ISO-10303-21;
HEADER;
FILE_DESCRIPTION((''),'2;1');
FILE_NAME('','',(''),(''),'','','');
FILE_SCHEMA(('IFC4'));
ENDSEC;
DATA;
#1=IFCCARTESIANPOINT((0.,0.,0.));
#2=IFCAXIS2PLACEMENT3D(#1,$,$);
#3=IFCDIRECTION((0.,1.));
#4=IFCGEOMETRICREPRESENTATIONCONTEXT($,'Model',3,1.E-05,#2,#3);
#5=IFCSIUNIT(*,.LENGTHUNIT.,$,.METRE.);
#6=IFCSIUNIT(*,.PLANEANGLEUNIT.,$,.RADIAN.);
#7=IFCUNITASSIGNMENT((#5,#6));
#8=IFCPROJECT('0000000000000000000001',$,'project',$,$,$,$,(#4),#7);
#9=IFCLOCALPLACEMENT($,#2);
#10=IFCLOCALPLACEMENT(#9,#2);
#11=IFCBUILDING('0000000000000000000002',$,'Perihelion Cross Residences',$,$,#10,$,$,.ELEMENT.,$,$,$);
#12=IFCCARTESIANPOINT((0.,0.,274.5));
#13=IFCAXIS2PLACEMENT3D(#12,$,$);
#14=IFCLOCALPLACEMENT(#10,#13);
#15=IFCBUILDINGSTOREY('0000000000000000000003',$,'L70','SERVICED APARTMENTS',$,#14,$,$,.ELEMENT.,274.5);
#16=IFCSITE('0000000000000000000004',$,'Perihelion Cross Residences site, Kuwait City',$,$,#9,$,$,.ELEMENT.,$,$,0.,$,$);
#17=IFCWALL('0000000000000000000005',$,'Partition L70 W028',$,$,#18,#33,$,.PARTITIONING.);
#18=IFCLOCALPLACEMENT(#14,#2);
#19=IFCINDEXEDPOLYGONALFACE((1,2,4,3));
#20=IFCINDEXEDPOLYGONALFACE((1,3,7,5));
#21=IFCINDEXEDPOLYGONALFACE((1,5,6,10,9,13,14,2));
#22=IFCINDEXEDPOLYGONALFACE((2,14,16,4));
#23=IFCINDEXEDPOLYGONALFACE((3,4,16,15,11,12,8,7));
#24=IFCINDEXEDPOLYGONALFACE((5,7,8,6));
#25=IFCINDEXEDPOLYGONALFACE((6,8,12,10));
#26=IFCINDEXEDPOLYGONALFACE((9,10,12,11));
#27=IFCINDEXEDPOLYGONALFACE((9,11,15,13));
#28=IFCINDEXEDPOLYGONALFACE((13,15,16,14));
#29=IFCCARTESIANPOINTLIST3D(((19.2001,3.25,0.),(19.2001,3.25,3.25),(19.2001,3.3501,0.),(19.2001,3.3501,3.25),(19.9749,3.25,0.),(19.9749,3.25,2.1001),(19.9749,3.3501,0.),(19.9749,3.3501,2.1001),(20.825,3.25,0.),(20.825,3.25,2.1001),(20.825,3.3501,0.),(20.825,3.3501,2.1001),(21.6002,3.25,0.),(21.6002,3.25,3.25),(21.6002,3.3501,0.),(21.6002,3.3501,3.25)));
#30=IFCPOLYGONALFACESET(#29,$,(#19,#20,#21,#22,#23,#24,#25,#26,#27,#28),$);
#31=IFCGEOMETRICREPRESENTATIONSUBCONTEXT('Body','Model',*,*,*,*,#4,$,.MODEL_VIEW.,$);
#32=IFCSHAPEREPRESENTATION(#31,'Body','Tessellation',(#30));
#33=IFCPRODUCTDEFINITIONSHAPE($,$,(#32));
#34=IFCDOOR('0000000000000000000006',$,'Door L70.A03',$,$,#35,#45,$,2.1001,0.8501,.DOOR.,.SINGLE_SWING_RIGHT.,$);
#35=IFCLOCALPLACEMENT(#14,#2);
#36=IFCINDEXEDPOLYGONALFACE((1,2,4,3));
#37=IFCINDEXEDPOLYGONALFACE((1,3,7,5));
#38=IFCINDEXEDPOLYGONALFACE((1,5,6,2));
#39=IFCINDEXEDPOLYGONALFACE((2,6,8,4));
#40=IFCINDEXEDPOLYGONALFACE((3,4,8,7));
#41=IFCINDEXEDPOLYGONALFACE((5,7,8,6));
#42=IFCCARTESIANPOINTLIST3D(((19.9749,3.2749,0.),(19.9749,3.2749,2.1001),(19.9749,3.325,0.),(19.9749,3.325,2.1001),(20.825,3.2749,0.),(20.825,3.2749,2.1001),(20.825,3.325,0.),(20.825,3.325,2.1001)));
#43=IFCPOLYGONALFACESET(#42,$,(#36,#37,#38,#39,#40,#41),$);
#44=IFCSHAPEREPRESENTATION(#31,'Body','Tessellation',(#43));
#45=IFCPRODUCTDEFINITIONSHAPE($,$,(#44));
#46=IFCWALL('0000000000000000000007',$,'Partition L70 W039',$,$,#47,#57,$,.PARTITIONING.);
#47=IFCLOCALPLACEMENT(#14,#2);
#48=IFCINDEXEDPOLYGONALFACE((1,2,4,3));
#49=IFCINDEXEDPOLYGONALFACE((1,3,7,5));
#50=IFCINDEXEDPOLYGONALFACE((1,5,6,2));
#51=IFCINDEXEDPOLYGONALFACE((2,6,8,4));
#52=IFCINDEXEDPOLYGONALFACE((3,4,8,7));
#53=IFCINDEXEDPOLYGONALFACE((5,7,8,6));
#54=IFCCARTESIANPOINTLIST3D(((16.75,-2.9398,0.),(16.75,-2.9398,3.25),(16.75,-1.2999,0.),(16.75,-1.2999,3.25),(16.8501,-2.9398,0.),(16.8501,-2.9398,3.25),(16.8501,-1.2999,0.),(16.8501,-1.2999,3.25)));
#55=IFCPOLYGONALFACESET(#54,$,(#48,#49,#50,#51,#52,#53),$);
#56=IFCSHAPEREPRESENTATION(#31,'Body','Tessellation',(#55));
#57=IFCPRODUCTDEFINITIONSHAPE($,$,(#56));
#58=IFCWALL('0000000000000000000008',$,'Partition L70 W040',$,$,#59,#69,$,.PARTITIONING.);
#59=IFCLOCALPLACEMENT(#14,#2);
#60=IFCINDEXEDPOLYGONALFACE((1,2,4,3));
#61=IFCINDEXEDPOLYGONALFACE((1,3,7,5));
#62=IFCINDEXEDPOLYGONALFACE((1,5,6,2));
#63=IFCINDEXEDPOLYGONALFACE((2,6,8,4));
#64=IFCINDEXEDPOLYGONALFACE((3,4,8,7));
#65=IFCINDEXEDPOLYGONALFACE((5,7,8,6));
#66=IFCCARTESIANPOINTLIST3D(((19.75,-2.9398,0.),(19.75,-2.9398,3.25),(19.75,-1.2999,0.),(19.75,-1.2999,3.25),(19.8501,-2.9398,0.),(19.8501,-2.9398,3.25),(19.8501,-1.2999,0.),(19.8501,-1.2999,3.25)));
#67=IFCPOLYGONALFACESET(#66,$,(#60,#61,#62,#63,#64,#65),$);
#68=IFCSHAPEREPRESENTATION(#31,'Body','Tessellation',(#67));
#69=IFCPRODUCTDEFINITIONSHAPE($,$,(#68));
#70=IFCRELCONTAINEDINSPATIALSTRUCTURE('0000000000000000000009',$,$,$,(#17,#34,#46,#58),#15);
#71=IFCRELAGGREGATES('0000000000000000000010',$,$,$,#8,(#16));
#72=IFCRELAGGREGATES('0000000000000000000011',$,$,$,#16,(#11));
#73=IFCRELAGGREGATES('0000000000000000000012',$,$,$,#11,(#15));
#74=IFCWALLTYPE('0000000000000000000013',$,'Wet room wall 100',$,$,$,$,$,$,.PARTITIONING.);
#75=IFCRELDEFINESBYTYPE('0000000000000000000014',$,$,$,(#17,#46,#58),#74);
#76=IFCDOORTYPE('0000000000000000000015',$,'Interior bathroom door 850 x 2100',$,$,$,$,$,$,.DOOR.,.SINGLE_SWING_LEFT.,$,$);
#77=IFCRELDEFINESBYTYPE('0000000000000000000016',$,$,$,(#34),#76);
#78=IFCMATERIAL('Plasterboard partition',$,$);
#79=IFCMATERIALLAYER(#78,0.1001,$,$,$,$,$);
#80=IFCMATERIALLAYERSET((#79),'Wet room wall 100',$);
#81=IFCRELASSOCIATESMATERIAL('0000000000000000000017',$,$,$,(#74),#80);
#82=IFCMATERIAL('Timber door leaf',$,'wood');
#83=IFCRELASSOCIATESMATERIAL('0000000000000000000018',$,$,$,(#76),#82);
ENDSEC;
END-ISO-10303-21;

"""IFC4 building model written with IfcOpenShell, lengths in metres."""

from ifc_helpers import new_model, si_unit, direction, frame, frame_2d, origin, place, context, subcontext, project, spatial, rectangle, extrude, material, layer, layer_set, type_object, element, fill, save


model = new_model("IFC4")

# Units and contexts
model_context = context("Model", 3, precision=1e-05, world=origin(), true_north=direction((0.0, 1.0)))
body_context = subcontext(model_context, "Body", "Model", "MODEL_VIEW")
ifc_project = project(units=[si_unit("LENGTHUNIT", "METRE"), si_unit("PLANEANGLEUNIT", "RADIAN")], contexts=[model_context])

# Site, building, storey
site_placement = place(None, origin())
site = spatial("IfcSite", under=ifc_project, at=site_placement, Name="Perihelion Cross Residences site, Kuwait City", CompositionType="ELEMENT", RefElevation=0.0)
building_placement = place(site_placement, origin())
building = spatial("IfcBuilding", under=site, at=building_placement, Name="Perihelion Cross Residences", CompositionType="ELEMENT")
storey_placement = place(building_placement, frame((0.0, 0.0, 274.5)))
storey = spatial("IfcBuildingStorey", under=building, at=storey_placement, Name="L70", Description="SERVICED APARTMENTS", CompositionType="ELEMENT", Elevation=274.5)

# Shared definitions
ifc_material_1 = material(Name="Plasterboard partition")
ifc_layer_1 = layer(ifc_material_1, 0.1001)
ifc_layer_set_1 = layer_set([ifc_layer_1], Name="Wet room wall 100")
wall_type_1 = type_object("IfcWallType", Name="Wet room wall 100", PredefinedType="PARTITIONING", material=ifc_layer_set_1)

# Wall, opening, door
wall_1_placement = place(storey_placement, frame((19.2, 3.3, 0.0), z_axis=(0.0, 0.0, 1.0), x_axis=(1.0, 0.0, 0.0)))
wall_1 = element("IfcWall", 1, at=wall_1_placement, inside=storey, type_object=wall_type_1, Name="Partition L70 W028", PredefinedType="PARTITIONING", context=body_context, shape_type="SweptSolid", body=[
    extrude(rectangle(XDim=2.4001, YDim=0.1001, at=frame_2d((1.2002, 0.0))), origin(), (0.0, 0.0, 1.0), 3.25),
])
opening_1_placement = place(wall_1_placement, frame((0.7749, 0.0, 0.0)))
opening_1 = element("IfcOpeningElement", 2, at=opening_1_placement, cuts=wall_1, PredefinedType="OPENING", context=body_context, shape_type="SweptSolid", body=[
    extrude(rectangle(XDim=0.8501, YDim=2.1001, at=frame_2d((0.425, 1.05))), frame((0.0, 0.0601, 0.0), z_axis=(0.0, -1.0, 0.0), x_axis=(1.0, 0.0, 0.0)), (0.0, 0.0, 1.0), 0.1201),
])
ifc_material_2 = material(Name="Timber door leaf", Category="wood")
door_type_1 = type_object("IfcDoorType", Name="Interior bathroom door 850 x 2100", OperationType="SINGLE_SWING_LEFT", PredefinedType="DOOR", material=ifc_material_2)
door_1_placement = place(opening_1_placement, origin())
door_1 = element("IfcDoor", 3, at=door_1_placement, inside=storey, type_object=door_type_1, Name="Door L70.A03", OperationType="SINGLE_SWING_RIGHT", OverallHeight=2.1001, OverallWidth=0.8501, PredefinedType="DOOR", context=body_context, shape_type="SweptSolid", body=[
    extrude(rectangle(XDim=0.8501, YDim=2.1001, at=frame_2d((0.425, 1.05))), frame((0.0, 0.0249, 0.0), z_axis=(0.0, -1.0, 0.0), x_axis=(1.0, 0.0, 0.0)), (0.0, 0.0, 1.0), 0.05),
])
fill(opening_1, door_1)

# Walls
for number, where, z_axis, x_axis, name in (
    (4, (16.8, -1.3, 0.0), (0.0, 0.0, 1.0), (0.0, -1.0, 0.0), "Partition L70 W039"),
    (5, (19.8, -1.3, 0.0), (0.0, 0.0, 1.0), (0.0, -1.0, 0.0), "Partition L70 W040"),
):
    element("IfcWall", number, at=place(storey_placement, frame(where, z_axis=z_axis, x_axis=x_axis)), inside=storey, type_object=wall_type_1, Name=name, PredefinedType="PARTITIONING", context=body_context, shape_type="SweptSolid", body=[
        extrude(rectangle(XDim=1.6399, YDim=0.1001, at=frame_2d((0.8198, 0.0))), origin(), (0.0, 0.0, 1.0), 3.25),
    ])

save(model, "model.ifc")
